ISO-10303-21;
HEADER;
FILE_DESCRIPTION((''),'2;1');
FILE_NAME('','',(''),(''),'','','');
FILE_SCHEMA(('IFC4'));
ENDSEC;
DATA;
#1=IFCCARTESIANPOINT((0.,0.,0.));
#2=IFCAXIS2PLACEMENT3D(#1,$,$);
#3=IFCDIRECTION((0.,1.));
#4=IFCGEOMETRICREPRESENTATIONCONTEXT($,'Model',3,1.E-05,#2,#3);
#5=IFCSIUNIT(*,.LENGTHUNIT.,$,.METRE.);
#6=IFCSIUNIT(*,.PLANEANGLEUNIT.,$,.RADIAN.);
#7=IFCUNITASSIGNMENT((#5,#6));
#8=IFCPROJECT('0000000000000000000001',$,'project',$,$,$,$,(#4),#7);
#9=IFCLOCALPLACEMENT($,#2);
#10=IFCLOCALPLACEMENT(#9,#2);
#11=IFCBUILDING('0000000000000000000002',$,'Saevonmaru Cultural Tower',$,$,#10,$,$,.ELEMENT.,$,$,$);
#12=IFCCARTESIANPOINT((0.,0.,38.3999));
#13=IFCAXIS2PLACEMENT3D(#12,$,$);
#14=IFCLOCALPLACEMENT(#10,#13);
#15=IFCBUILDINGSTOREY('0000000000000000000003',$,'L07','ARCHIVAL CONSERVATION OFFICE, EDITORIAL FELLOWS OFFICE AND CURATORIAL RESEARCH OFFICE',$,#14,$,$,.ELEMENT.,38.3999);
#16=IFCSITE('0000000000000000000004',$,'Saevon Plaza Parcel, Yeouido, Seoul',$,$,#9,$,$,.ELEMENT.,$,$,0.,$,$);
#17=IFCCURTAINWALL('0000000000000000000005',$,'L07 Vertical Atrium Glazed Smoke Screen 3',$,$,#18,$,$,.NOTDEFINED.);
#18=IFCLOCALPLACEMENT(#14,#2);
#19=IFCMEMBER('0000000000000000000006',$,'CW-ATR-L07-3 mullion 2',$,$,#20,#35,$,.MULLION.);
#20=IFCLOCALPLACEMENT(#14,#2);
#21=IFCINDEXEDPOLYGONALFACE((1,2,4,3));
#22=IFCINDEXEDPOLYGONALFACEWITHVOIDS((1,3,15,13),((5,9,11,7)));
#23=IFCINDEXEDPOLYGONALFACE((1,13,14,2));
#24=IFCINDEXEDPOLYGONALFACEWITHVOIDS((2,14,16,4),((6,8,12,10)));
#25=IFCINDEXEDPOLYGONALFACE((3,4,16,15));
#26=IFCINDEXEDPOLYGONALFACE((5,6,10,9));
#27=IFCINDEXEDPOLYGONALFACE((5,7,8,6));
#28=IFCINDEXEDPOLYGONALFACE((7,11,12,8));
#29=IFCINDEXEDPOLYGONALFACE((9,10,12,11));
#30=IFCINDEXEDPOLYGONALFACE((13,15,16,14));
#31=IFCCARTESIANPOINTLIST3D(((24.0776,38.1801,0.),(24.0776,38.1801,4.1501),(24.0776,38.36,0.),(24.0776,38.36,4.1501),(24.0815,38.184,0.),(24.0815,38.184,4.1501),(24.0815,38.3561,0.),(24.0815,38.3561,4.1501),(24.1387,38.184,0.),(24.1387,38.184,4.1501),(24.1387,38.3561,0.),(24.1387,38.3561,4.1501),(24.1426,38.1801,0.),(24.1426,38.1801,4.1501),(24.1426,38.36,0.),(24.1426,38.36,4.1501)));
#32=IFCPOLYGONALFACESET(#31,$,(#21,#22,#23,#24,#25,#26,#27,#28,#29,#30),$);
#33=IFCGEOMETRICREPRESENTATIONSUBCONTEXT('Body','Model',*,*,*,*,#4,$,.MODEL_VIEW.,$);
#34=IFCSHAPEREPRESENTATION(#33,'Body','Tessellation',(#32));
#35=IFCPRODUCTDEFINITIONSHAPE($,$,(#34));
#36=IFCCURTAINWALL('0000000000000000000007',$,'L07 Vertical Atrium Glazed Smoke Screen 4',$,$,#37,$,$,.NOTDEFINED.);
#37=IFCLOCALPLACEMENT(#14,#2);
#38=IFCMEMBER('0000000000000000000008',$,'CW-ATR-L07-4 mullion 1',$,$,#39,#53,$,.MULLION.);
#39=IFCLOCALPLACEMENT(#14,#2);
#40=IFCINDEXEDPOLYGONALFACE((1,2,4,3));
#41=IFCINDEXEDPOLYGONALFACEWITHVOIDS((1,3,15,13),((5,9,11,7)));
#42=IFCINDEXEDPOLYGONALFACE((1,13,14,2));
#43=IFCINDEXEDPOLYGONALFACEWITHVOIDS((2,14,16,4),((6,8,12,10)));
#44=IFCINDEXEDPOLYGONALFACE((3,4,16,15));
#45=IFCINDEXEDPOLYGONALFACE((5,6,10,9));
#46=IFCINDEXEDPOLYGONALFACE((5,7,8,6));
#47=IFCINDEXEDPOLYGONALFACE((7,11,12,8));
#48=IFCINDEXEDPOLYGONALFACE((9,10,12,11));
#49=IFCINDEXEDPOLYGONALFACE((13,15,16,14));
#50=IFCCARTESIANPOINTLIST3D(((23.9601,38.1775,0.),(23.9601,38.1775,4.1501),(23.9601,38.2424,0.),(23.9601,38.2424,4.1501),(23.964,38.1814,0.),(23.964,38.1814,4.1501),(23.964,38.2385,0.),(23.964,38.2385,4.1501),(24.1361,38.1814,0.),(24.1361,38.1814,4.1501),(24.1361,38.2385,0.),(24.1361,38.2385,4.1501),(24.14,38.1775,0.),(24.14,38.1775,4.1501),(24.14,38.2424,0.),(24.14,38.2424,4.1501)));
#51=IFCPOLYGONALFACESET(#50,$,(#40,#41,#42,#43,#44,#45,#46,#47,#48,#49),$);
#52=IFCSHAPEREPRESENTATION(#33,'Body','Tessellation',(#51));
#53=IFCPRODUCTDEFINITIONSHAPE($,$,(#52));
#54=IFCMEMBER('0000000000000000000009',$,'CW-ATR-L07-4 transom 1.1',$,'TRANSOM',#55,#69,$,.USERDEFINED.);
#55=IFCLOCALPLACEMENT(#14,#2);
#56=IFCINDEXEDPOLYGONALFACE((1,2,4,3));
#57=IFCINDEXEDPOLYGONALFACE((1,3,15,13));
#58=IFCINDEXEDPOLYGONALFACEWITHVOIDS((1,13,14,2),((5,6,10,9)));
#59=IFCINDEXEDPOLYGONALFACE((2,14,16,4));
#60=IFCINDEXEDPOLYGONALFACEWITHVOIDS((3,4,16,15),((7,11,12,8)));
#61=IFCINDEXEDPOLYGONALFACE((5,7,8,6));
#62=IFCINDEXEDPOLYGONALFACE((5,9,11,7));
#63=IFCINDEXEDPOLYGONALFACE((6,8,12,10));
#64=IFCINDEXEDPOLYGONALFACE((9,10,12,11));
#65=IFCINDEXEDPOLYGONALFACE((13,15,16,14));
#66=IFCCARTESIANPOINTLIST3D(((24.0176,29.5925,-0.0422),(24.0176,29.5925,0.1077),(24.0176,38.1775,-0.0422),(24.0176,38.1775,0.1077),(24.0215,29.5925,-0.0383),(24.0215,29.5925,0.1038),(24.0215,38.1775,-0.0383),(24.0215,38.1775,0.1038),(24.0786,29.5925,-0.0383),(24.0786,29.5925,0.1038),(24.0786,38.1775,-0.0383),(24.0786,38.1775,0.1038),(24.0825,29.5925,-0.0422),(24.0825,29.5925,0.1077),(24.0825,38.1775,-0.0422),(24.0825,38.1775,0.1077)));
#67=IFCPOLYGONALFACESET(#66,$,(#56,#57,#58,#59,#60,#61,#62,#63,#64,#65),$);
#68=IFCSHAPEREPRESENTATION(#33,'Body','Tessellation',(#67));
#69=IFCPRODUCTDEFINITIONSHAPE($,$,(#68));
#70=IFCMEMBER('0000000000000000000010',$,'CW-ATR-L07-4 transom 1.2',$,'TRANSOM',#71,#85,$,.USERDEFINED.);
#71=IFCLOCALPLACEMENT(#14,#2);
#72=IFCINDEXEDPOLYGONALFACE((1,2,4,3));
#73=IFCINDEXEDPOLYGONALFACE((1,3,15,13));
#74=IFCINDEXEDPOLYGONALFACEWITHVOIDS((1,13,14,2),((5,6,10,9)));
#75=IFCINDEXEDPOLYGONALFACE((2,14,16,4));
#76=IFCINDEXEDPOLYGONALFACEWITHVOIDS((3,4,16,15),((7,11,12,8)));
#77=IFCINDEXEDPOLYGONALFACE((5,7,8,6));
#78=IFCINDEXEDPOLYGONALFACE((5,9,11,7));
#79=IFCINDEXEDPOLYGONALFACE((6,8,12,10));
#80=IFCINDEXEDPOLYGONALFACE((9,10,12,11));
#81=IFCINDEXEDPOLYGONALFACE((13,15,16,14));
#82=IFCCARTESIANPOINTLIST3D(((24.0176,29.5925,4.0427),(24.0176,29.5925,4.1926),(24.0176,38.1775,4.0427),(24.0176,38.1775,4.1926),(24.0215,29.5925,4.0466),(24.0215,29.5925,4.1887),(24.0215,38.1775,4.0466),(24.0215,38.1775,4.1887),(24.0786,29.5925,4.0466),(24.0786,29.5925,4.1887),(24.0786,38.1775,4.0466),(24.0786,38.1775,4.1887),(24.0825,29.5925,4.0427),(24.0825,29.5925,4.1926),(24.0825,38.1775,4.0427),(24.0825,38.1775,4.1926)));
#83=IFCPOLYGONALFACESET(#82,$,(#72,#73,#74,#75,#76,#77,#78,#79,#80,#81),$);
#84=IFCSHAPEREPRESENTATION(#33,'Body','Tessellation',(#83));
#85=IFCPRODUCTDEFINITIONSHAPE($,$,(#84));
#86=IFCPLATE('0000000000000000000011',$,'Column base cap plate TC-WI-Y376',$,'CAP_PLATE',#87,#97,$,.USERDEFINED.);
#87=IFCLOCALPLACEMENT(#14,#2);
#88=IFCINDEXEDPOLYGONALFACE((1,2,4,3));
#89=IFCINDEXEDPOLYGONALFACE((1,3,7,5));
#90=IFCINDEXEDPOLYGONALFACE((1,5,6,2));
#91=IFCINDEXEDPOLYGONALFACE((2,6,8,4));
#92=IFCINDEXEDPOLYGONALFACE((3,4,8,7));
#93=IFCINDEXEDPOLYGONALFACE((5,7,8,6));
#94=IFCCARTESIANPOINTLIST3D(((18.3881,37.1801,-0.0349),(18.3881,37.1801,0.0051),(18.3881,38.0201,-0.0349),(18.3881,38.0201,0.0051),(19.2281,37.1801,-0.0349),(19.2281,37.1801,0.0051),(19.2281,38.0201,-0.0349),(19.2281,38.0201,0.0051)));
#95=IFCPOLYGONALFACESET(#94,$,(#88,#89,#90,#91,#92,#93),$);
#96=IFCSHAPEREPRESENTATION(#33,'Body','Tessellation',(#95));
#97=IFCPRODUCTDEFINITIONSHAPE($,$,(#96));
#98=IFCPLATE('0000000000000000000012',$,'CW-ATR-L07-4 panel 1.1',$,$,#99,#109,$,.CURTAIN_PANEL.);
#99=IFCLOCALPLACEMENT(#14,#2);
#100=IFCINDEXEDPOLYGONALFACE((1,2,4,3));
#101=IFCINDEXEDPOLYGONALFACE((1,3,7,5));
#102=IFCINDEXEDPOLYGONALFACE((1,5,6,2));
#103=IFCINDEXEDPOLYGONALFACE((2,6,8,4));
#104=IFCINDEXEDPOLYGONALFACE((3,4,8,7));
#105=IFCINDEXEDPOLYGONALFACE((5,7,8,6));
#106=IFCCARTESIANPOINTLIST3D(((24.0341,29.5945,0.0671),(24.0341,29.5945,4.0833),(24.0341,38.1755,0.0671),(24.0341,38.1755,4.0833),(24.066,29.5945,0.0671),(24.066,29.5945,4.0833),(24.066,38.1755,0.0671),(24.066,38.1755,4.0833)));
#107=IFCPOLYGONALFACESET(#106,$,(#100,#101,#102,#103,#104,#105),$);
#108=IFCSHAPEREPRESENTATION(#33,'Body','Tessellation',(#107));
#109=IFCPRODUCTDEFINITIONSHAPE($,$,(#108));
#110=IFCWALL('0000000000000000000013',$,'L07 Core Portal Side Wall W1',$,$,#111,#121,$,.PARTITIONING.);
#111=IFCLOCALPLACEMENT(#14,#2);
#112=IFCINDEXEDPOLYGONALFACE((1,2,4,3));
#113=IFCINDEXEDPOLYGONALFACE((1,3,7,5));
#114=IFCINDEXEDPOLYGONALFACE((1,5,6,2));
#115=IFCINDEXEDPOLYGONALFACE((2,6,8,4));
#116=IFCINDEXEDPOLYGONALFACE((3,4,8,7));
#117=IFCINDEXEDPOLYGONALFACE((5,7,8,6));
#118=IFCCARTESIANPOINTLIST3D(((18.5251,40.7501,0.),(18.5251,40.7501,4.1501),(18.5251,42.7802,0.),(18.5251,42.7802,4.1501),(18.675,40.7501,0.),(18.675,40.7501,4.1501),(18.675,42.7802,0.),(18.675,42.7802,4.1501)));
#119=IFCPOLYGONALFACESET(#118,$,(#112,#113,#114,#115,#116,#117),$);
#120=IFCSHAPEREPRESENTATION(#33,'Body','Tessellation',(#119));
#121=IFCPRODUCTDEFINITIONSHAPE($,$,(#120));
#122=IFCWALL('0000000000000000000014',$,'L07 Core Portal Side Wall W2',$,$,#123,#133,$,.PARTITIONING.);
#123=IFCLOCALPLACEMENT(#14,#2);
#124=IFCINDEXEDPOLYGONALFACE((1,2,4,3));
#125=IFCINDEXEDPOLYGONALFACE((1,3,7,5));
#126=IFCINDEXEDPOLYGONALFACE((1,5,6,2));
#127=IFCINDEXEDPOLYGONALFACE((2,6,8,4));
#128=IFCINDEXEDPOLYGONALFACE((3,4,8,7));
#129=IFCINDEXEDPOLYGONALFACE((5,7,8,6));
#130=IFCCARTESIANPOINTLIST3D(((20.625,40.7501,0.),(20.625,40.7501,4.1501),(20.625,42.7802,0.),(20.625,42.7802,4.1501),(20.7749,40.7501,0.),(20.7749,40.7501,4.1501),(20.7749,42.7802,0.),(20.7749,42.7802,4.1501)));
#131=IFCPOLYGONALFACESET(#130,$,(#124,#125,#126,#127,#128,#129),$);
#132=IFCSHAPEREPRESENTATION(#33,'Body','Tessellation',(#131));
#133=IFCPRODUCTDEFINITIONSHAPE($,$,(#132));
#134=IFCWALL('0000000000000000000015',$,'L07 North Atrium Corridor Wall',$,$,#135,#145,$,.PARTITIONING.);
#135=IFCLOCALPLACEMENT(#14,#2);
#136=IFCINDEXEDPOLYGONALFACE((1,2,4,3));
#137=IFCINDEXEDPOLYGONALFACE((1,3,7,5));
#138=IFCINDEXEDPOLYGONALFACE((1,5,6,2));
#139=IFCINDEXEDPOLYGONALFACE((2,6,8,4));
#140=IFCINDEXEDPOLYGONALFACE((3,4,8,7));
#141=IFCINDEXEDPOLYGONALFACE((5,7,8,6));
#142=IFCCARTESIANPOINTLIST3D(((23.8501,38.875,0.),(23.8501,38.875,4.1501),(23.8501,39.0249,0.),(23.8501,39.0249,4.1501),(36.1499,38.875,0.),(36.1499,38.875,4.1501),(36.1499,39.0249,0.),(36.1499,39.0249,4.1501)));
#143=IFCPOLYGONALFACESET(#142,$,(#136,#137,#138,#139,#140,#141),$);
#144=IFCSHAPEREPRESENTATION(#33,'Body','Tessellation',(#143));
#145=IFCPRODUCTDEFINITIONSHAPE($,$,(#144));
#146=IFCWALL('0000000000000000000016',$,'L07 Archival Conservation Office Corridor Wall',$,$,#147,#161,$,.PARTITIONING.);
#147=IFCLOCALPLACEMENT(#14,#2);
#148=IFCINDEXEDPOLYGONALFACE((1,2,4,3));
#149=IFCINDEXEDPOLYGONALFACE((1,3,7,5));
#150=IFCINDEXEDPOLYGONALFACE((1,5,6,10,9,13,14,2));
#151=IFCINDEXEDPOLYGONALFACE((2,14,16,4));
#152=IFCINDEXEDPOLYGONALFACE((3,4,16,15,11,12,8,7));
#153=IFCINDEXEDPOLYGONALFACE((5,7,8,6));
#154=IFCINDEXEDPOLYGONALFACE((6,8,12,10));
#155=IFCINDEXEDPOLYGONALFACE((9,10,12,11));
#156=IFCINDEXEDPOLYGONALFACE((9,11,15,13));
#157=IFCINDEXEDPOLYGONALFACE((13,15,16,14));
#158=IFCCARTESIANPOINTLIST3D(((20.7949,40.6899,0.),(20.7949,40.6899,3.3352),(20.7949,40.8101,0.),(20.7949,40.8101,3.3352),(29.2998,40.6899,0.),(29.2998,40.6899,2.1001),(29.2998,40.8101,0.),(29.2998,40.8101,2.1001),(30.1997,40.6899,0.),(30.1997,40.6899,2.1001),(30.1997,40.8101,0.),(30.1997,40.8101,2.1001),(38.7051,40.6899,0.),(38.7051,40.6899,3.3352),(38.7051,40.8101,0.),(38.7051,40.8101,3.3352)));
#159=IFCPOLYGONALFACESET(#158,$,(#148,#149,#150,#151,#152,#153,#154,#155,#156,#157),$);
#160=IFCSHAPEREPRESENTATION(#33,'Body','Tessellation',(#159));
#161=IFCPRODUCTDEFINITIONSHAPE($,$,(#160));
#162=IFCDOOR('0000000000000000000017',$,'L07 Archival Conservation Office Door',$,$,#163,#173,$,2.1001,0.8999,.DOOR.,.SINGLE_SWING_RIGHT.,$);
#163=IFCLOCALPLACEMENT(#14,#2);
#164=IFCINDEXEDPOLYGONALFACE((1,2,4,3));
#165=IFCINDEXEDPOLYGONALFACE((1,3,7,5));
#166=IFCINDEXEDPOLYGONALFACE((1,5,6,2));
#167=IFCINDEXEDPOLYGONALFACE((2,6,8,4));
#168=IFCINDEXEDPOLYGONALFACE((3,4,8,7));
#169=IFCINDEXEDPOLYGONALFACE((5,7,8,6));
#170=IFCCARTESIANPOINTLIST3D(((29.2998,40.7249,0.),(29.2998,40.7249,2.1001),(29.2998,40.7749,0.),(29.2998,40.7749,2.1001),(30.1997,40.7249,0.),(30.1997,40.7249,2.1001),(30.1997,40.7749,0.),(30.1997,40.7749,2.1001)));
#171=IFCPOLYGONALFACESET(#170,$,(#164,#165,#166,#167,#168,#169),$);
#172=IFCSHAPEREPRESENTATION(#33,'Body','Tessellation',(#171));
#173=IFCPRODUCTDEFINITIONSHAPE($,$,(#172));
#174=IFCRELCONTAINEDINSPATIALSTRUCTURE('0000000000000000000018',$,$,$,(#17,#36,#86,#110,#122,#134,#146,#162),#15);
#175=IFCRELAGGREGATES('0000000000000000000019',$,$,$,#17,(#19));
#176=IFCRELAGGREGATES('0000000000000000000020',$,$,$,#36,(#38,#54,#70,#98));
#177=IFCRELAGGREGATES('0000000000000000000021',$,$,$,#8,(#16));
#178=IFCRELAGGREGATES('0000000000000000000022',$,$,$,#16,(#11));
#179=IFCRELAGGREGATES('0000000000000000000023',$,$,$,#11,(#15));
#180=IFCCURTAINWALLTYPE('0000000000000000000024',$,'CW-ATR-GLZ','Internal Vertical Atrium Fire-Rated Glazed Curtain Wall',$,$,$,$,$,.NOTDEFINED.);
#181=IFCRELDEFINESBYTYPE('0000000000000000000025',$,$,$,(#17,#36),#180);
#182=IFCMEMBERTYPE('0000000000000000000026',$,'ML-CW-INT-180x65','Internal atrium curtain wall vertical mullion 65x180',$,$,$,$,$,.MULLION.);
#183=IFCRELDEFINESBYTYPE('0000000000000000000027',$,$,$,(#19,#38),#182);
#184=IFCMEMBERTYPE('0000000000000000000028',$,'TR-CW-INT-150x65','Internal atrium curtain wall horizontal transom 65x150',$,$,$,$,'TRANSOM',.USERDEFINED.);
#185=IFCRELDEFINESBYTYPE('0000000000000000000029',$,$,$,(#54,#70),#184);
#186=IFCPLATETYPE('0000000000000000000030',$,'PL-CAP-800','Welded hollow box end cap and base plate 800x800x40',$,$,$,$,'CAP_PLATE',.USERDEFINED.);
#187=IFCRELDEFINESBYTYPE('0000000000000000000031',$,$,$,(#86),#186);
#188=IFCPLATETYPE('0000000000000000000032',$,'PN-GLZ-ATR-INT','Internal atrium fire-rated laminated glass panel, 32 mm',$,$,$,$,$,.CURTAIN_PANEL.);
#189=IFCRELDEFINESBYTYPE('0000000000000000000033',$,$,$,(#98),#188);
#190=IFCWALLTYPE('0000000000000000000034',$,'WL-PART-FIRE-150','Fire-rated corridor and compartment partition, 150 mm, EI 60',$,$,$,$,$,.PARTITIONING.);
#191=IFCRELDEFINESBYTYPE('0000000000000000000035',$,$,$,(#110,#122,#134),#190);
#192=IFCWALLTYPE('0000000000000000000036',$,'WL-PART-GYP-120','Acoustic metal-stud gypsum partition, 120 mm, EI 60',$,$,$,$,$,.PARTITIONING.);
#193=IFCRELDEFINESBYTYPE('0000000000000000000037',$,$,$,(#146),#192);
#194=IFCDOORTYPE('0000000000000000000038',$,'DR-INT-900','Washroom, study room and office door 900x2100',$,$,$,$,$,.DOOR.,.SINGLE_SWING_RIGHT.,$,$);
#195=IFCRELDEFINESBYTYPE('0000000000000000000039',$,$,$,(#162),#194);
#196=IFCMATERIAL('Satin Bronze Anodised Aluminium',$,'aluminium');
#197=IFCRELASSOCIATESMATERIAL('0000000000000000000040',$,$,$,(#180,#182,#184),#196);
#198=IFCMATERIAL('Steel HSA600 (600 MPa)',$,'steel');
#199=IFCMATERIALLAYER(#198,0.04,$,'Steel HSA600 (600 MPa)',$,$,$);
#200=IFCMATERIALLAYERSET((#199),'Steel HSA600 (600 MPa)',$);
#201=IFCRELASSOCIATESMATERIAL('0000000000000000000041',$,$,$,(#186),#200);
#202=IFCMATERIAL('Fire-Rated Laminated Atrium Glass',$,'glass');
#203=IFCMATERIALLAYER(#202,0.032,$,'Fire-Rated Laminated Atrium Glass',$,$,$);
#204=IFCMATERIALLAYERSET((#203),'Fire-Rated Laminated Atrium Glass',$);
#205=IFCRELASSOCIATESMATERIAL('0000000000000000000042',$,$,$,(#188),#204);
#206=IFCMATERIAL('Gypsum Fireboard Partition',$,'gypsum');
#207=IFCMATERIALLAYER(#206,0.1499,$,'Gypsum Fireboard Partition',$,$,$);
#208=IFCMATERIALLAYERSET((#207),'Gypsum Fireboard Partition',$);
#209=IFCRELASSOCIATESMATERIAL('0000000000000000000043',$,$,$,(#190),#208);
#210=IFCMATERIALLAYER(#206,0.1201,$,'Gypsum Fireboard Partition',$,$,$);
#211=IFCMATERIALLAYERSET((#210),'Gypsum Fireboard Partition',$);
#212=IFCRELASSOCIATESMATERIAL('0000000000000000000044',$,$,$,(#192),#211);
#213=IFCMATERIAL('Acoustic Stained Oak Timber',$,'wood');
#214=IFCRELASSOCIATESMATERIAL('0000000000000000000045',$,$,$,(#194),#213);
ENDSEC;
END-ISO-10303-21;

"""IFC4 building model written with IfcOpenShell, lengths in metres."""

from ifc_helpers import new_model, si_unit, direction, frame, frame_2d, origin, origin_2d, place, context, subcontext, project, spatial, rectangle, hollow_rectangle, extrude, material, layer, layer_set, material_profile, profile_set, type_object, element, fill, aggregate, save


model = new_model("IFC4")

# Units and contexts
model_context = context("Model", 3, precision=1e-05, world=origin(), true_north=direction((0.0, 1.0)))
body_context = subcontext(model_context, "Body", "Model", "MODEL_VIEW")
ifc_project = project(units=[si_unit("LENGTHUNIT", "METRE"), si_unit("PLANEANGLEUNIT", "RADIAN")], contexts=[model_context])

# Site, building, storey
site_placement = place(None, origin())
site = spatial("IfcSite", under=ifc_project, at=site_placement, Name="Saevon Plaza Parcel, Yeouido, Seoul", CompositionType="ELEMENT", RefElevation=0.0)
building_placement = place(site_placement, origin())
building = spatial("IfcBuilding", under=site, at=building_placement, Name="Saevonmaru Cultural Tower", CompositionType="ELEMENT")
storey_placement = place(building_placement, frame((0.0, 0.0, 38.3999)))
storey = spatial("IfcBuildingStorey", under=building, at=storey_placement, Name="L07", Description="ARCHIVAL CONSERVATION OFFICE, EDITORIAL FELLOWS OFFICE AND CURATORIAL RESEARCH OFFICE", CompositionType="ELEMENT", Elevation=38.3999)

# Shared definitions
ifc_material_1 = material(Name="Steel HSA600 (600 MPa)", Category="steel")

# Curtain wall, member
ifc_material_2 = material(Name="Satin Bronze Anodised Aluminium", Category="aluminium")
curtain_wall_type = type_object("IfcCurtainWallType", Name="CW-ATR-GLZ", Description="Internal Vertical Atrium Fire-Rated Glazed Curtain Wall", PredefinedType="NOTDEFINED", material=ifc_material_2)
curtain_wall_1_placement = place(storey_placement, origin())
curtain_wall_1 = element("IfcCurtainWall", 1, at=curtain_wall_1_placement, inside=storey, type_object=curtain_wall_type, Name="L07 Vertical Atrium Glazed Smoke Screen 3", PredefinedType="NOTDEFINED")
ifc_material_profile_1 = material_profile(ifc_material_2, hollow_rectangle(XDim=0.0649, YDim=0.1799, WallThickness=0.0039, at=origin_2d()), Name="ALU-MULL-180x65x4")
ifc_profile_set_1 = profile_set([ifc_material_profile_1], Name="Satin Bronze Anodised Aluminium")
member_type_1 = type_object("IfcMemberType", Name="ML-CW-INT-180x65", Description="Internal atrium curtain wall vertical mullion 65x180", PredefinedType="MULLION", material=ifc_profile_set_1)
member_1_placement = place(storey_placement, frame((24.1101, 38.27, 0.0), z_axis=(0.0, 0.0, 1.0), x_axis=(-1.0, 0.0, 0.0)))
member_1 = element("IfcMember", 2, at=member_1_placement, type_object=member_type_1, Name="CW-ATR-L07-3 mullion 2", PredefinedType="MULLION", context=body_context, shape_type="SweptSolid", body=[
    extrude(hollow_rectangle(XDim=0.0649, YDim=0.1799, WallThickness=0.0039, at=origin_2d()), origin(), (0.0, 0.0, 1.0), 4.1501),
])
aggregate(curtain_wall_1, [member_1])

# Curtain wall, members
curtain_wall_2_placement = place(storey_placement, origin())
curtain_wall_2 = element("IfcCurtainWall", 3, at=curtain_wall_2_placement, inside=storey, type_object=curtain_wall_type, Name="L07 Vertical Atrium Glazed Smoke Screen 4", PredefinedType="NOTDEFINED")
member_2_placement = place(storey_placement, frame((24.05, 38.21, 0.0), z_axis=(0.0, 0.0, 1.0), x_axis=(0.0, -1.0, 0.0)))
member_2 = element("IfcMember", 4, at=member_2_placement, type_object=member_type_1, Name="CW-ATR-L07-4 mullion 1", PredefinedType="MULLION", context=body_context, shape_type="SweptSolid", body=[
    extrude(hollow_rectangle(XDim=0.0649, YDim=0.1799, WallThickness=0.0039, at=origin_2d()), origin(), (0.0, 0.0, 1.0), 4.1501),
])
ifc_material_profile_2 = material_profile(ifc_material_2, hollow_rectangle(XDim=0.0649, YDim=0.1499, WallThickness=0.0039, at=origin_2d()), Name="ALU-TRAN-150x65x4")
ifc_profile_set_2 = profile_set([ifc_material_profile_2], Name="Satin Bronze Anodised Aluminium")
member_type_2 = type_object("IfcMemberType", Name="TR-CW-INT-150x65", Description="Internal atrium curtain wall horizontal transom 65x150", ElementType="TRANSOM", PredefinedType="USERDEFINED", material=ifc_profile_set_2)
member_3_placement = place(storey_placement, frame((24.05, 38.1775, 0.0327), z_axis=(0.0, -1.0, 0.0), x_axis=(1.0, 0.0, 0.0)))
member_3 = element("IfcMember", 5, at=member_3_placement, type_object=member_type_2, Name="CW-ATR-L07-4 transom 1.1", ObjectType="TRANSOM", PredefinedType="USERDEFINED", context=body_context, shape_type="SweptSolid", body=[
    extrude(hollow_rectangle(XDim=0.0649, YDim=0.1499, WallThickness=0.0039, at=origin_2d()), origin(), (0.0, 0.0, 1.0), 8.585),
])
member_4_placement = place(storey_placement, frame((24.05, 38.1775, 4.1177), z_axis=(0.0, -1.0, 0.0), x_axis=(1.0, 0.0, 0.0)))
member_4 = element("IfcMember", 6, at=member_4_placement, type_object=member_type_2, Name="CW-ATR-L07-4 transom 1.2", ObjectType="TRANSOM", PredefinedType="USERDEFINED", context=body_context, shape_type="SweptSolid", body=[
    extrude(hollow_rectangle(XDim=0.0649, YDim=0.1499, WallThickness=0.0039, at=origin_2d()), origin(), (0.0, 0.0, 1.0), 8.585),
])

# Plates
ifc_layer_1 = layer(ifc_material_1, 0.04, Name="Steel HSA600 (600 MPa)")
ifc_layer_set_1 = layer_set([ifc_layer_1], Name="Steel HSA600 (600 MPa)")
plate_type_1 = type_object("IfcPlateType", Name="PL-CAP-800", Description="Welded hollow box end cap and base plate 800x800x40", ElementType="CAP_PLATE", PredefinedType="USERDEFINED", material=ifc_layer_set_1)
plate_1_placement = place(storey_placement, frame((18.8081, 37.6001, -0.0349), z_axis=(0.0, 0.0, 1.0), x_axis=(1.0, 0.0, 0.0)))
element("IfcPlate", 7, at=plate_1_placement, inside=storey, type_object=plate_type_1, Name="Column base cap plate TC-WI-Y376", ObjectType="CAP_PLATE", PredefinedType="USERDEFINED", context=body_context, shape_type="SweptSolid", body=[
    extrude(rectangle(XDim=0.8401, YDim=0.8401, at=origin_2d()), origin(), (0.0, 0.0, 1.0), 0.04),
])
ifc_material_3 = material(Name="Fire-Rated Laminated Atrium Glass", Category="glass")
ifc_layer_2 = layer(ifc_material_3, 0.032, Name="Fire-Rated Laminated Atrium Glass")
ifc_layer_set_2 = layer_set([ifc_layer_2], Name="Fire-Rated Laminated Atrium Glass")
plate_type_2 = type_object("IfcPlateType", Name="PN-GLZ-ATR-INT", Description="Internal atrium fire-rated laminated glass panel, 32 mm", PredefinedType="CURTAIN_PANEL", material=ifc_layer_set_2)
plate_2_placement = place(storey_placement, frame((24.05, 33.885, 0.0671), z_axis=(0.0, 0.0, 1.0), x_axis=(0.0, -1.0, 0.0)))
plate_2 = element("IfcPlate", 8, at=plate_2_placement, type_object=plate_type_2, Name="CW-ATR-L07-4 panel 1.1", PredefinedType="CURTAIN_PANEL", context=body_context, shape_type="SweptSolid", body=[
    extrude(rectangle(XDim=8.5811, YDim=0.032, at=origin_2d()), origin(), (0.0, 0.0, 1.0), 4.0161),
])
aggregate(curtain_wall_2, [member_2, member_3, member_4, plate_2])

# Walls
ifc_material_4 = material(Name="Gypsum Fireboard Partition", Category="gypsum")
ifc_layer_3 = layer(ifc_material_4, 0.1499, Name="Gypsum Fireboard Partition")
ifc_layer_set_3 = layer_set([ifc_layer_3], Name="Gypsum Fireboard Partition")
wall_type_1 = type_object("IfcWallType", Name="WL-PART-FIRE-150", Description="Fire-rated corridor and compartment partition, 150 mm, EI 60", PredefinedType="PARTITIONING", material=ifc_layer_set_3)
for number, where, z_axis, x_axis, name in (
    (9, (18.6001, 40.75, 0.0), (0.0, 0.0, 1.0), (0.0, 1.0, 0.0), "L07 Core Portal Side Wall W1"),
    (10, (20.7, 40.75, 0.0), (0.0, 0.0, 1.0), (0.0, 1.0, 0.0), "L07 Core Portal Side Wall W2"),
):
    element("IfcWall", number, at=place(storey_placement, frame(where, z_axis=z_axis, x_axis=x_axis)), inside=storey, type_object=wall_type_1, Name=name, PredefinedType="PARTITIONING", context=body_context, shape_type="SweptSolid", body=[
        extrude(rectangle(XDim=2.03, YDim=0.1499, at=frame_2d((1.0151, 0.0))), origin(), (0.0, 0.0, 1.0), 4.1501),
    ])
wall_1_placement = place(storey_placement, frame((23.8501, 38.95, 0.0), z_axis=(0.0, 0.0, 1.0), x_axis=(1.0, 0.0, 0.0)))
element("IfcWall", 11, at=wall_1_placement, inside=storey, type_object=wall_type_1, Name="L07 North Atrium Corridor Wall", PredefinedType="PARTITIONING", context=body_context, shape_type="SweptSolid", body=[
    extrude(rectangle(XDim=12.2998, YDim=0.1499, at=frame_2d((6.1499, 0.0))), origin(), (0.0, 0.0, 1.0), 4.1501),
])

# Wall, opening, door
ifc_layer_4 = layer(ifc_material_4, 0.1201, Name="Gypsum Fireboard Partition")
ifc_layer_set_4 = layer_set([ifc_layer_4], Name="Gypsum Fireboard Partition")
wall_type_2 = type_object("IfcWallType", Name="WL-PART-GYP-120", Description="Acoustic metal-stud gypsum partition, 120 mm, EI 60", PredefinedType="PARTITIONING", material=ifc_layer_set_4)
wall_2_placement = place(storey_placement, frame((20.7949, 40.75, 0.0), z_axis=(0.0, 0.0, 1.0), x_axis=(1.0, 0.0, 0.0)))
wall_2 = element("IfcWall", 12, at=wall_2_placement, inside=storey, type_object=wall_type_2, Name="L07 Archival Conservation Office Corridor Wall", PredefinedType="PARTITIONING", context=body_context, shape_type="SweptSolid", body=[
    extrude(rectangle(XDim=17.9102, YDim=0.1201, at=frame_2d((8.9551, 0.0))), origin(), (0.0, 0.0, 1.0), 3.3352),
])
opening_placement = place(wall_2_placement, frame((8.5049, 0.0, 0.0)))
opening = element("IfcOpeningElement", 13, at=opening_placement, cuts=wall_2, PredefinedType="OPENING", context=body_context, shape_type="SweptSolid", body=[
    extrude(rectangle(XDim=0.8999, YDim=2.1001, at=frame_2d((0.45, 1.05))), frame((0.0, 0.0701, 0.0), z_axis=(0.0, -1.0, 0.0), x_axis=(1.0, 0.0, 0.0)), (0.0, 0.0, 1.0), 0.1401),
])
ifc_material_5 = material(Name="Acoustic Stained Oak Timber", Category="wood")
door_type = type_object("IfcDoorType", Name="DR-INT-900", Description="Washroom, study room and office door 900x2100", OperationType="SINGLE_SWING_RIGHT", PredefinedType="DOOR", material=ifc_material_5)
door_placement = place(opening_placement, origin())
door = element("IfcDoor", 14, at=door_placement, inside=storey, type_object=door_type, Name="L07 Archival Conservation Office Door", OperationType="SINGLE_SWING_RIGHT", OverallHeight=2.1001, OverallWidth=0.8999, PredefinedType="DOOR", context=body_context, shape_type="SweptSolid", body=[
    extrude(rectangle(XDim=0.8999, YDim=2.1001, at=frame_2d((0.45, 1.05))), frame((0.0, 0.0249, 0.0), z_axis=(0.0, -1.0, 0.0), x_axis=(1.0, 0.0, 0.0)), (0.0, 0.0, 1.0), 0.05),
])
fill(opening, door)

save(model, "model.ifc")
